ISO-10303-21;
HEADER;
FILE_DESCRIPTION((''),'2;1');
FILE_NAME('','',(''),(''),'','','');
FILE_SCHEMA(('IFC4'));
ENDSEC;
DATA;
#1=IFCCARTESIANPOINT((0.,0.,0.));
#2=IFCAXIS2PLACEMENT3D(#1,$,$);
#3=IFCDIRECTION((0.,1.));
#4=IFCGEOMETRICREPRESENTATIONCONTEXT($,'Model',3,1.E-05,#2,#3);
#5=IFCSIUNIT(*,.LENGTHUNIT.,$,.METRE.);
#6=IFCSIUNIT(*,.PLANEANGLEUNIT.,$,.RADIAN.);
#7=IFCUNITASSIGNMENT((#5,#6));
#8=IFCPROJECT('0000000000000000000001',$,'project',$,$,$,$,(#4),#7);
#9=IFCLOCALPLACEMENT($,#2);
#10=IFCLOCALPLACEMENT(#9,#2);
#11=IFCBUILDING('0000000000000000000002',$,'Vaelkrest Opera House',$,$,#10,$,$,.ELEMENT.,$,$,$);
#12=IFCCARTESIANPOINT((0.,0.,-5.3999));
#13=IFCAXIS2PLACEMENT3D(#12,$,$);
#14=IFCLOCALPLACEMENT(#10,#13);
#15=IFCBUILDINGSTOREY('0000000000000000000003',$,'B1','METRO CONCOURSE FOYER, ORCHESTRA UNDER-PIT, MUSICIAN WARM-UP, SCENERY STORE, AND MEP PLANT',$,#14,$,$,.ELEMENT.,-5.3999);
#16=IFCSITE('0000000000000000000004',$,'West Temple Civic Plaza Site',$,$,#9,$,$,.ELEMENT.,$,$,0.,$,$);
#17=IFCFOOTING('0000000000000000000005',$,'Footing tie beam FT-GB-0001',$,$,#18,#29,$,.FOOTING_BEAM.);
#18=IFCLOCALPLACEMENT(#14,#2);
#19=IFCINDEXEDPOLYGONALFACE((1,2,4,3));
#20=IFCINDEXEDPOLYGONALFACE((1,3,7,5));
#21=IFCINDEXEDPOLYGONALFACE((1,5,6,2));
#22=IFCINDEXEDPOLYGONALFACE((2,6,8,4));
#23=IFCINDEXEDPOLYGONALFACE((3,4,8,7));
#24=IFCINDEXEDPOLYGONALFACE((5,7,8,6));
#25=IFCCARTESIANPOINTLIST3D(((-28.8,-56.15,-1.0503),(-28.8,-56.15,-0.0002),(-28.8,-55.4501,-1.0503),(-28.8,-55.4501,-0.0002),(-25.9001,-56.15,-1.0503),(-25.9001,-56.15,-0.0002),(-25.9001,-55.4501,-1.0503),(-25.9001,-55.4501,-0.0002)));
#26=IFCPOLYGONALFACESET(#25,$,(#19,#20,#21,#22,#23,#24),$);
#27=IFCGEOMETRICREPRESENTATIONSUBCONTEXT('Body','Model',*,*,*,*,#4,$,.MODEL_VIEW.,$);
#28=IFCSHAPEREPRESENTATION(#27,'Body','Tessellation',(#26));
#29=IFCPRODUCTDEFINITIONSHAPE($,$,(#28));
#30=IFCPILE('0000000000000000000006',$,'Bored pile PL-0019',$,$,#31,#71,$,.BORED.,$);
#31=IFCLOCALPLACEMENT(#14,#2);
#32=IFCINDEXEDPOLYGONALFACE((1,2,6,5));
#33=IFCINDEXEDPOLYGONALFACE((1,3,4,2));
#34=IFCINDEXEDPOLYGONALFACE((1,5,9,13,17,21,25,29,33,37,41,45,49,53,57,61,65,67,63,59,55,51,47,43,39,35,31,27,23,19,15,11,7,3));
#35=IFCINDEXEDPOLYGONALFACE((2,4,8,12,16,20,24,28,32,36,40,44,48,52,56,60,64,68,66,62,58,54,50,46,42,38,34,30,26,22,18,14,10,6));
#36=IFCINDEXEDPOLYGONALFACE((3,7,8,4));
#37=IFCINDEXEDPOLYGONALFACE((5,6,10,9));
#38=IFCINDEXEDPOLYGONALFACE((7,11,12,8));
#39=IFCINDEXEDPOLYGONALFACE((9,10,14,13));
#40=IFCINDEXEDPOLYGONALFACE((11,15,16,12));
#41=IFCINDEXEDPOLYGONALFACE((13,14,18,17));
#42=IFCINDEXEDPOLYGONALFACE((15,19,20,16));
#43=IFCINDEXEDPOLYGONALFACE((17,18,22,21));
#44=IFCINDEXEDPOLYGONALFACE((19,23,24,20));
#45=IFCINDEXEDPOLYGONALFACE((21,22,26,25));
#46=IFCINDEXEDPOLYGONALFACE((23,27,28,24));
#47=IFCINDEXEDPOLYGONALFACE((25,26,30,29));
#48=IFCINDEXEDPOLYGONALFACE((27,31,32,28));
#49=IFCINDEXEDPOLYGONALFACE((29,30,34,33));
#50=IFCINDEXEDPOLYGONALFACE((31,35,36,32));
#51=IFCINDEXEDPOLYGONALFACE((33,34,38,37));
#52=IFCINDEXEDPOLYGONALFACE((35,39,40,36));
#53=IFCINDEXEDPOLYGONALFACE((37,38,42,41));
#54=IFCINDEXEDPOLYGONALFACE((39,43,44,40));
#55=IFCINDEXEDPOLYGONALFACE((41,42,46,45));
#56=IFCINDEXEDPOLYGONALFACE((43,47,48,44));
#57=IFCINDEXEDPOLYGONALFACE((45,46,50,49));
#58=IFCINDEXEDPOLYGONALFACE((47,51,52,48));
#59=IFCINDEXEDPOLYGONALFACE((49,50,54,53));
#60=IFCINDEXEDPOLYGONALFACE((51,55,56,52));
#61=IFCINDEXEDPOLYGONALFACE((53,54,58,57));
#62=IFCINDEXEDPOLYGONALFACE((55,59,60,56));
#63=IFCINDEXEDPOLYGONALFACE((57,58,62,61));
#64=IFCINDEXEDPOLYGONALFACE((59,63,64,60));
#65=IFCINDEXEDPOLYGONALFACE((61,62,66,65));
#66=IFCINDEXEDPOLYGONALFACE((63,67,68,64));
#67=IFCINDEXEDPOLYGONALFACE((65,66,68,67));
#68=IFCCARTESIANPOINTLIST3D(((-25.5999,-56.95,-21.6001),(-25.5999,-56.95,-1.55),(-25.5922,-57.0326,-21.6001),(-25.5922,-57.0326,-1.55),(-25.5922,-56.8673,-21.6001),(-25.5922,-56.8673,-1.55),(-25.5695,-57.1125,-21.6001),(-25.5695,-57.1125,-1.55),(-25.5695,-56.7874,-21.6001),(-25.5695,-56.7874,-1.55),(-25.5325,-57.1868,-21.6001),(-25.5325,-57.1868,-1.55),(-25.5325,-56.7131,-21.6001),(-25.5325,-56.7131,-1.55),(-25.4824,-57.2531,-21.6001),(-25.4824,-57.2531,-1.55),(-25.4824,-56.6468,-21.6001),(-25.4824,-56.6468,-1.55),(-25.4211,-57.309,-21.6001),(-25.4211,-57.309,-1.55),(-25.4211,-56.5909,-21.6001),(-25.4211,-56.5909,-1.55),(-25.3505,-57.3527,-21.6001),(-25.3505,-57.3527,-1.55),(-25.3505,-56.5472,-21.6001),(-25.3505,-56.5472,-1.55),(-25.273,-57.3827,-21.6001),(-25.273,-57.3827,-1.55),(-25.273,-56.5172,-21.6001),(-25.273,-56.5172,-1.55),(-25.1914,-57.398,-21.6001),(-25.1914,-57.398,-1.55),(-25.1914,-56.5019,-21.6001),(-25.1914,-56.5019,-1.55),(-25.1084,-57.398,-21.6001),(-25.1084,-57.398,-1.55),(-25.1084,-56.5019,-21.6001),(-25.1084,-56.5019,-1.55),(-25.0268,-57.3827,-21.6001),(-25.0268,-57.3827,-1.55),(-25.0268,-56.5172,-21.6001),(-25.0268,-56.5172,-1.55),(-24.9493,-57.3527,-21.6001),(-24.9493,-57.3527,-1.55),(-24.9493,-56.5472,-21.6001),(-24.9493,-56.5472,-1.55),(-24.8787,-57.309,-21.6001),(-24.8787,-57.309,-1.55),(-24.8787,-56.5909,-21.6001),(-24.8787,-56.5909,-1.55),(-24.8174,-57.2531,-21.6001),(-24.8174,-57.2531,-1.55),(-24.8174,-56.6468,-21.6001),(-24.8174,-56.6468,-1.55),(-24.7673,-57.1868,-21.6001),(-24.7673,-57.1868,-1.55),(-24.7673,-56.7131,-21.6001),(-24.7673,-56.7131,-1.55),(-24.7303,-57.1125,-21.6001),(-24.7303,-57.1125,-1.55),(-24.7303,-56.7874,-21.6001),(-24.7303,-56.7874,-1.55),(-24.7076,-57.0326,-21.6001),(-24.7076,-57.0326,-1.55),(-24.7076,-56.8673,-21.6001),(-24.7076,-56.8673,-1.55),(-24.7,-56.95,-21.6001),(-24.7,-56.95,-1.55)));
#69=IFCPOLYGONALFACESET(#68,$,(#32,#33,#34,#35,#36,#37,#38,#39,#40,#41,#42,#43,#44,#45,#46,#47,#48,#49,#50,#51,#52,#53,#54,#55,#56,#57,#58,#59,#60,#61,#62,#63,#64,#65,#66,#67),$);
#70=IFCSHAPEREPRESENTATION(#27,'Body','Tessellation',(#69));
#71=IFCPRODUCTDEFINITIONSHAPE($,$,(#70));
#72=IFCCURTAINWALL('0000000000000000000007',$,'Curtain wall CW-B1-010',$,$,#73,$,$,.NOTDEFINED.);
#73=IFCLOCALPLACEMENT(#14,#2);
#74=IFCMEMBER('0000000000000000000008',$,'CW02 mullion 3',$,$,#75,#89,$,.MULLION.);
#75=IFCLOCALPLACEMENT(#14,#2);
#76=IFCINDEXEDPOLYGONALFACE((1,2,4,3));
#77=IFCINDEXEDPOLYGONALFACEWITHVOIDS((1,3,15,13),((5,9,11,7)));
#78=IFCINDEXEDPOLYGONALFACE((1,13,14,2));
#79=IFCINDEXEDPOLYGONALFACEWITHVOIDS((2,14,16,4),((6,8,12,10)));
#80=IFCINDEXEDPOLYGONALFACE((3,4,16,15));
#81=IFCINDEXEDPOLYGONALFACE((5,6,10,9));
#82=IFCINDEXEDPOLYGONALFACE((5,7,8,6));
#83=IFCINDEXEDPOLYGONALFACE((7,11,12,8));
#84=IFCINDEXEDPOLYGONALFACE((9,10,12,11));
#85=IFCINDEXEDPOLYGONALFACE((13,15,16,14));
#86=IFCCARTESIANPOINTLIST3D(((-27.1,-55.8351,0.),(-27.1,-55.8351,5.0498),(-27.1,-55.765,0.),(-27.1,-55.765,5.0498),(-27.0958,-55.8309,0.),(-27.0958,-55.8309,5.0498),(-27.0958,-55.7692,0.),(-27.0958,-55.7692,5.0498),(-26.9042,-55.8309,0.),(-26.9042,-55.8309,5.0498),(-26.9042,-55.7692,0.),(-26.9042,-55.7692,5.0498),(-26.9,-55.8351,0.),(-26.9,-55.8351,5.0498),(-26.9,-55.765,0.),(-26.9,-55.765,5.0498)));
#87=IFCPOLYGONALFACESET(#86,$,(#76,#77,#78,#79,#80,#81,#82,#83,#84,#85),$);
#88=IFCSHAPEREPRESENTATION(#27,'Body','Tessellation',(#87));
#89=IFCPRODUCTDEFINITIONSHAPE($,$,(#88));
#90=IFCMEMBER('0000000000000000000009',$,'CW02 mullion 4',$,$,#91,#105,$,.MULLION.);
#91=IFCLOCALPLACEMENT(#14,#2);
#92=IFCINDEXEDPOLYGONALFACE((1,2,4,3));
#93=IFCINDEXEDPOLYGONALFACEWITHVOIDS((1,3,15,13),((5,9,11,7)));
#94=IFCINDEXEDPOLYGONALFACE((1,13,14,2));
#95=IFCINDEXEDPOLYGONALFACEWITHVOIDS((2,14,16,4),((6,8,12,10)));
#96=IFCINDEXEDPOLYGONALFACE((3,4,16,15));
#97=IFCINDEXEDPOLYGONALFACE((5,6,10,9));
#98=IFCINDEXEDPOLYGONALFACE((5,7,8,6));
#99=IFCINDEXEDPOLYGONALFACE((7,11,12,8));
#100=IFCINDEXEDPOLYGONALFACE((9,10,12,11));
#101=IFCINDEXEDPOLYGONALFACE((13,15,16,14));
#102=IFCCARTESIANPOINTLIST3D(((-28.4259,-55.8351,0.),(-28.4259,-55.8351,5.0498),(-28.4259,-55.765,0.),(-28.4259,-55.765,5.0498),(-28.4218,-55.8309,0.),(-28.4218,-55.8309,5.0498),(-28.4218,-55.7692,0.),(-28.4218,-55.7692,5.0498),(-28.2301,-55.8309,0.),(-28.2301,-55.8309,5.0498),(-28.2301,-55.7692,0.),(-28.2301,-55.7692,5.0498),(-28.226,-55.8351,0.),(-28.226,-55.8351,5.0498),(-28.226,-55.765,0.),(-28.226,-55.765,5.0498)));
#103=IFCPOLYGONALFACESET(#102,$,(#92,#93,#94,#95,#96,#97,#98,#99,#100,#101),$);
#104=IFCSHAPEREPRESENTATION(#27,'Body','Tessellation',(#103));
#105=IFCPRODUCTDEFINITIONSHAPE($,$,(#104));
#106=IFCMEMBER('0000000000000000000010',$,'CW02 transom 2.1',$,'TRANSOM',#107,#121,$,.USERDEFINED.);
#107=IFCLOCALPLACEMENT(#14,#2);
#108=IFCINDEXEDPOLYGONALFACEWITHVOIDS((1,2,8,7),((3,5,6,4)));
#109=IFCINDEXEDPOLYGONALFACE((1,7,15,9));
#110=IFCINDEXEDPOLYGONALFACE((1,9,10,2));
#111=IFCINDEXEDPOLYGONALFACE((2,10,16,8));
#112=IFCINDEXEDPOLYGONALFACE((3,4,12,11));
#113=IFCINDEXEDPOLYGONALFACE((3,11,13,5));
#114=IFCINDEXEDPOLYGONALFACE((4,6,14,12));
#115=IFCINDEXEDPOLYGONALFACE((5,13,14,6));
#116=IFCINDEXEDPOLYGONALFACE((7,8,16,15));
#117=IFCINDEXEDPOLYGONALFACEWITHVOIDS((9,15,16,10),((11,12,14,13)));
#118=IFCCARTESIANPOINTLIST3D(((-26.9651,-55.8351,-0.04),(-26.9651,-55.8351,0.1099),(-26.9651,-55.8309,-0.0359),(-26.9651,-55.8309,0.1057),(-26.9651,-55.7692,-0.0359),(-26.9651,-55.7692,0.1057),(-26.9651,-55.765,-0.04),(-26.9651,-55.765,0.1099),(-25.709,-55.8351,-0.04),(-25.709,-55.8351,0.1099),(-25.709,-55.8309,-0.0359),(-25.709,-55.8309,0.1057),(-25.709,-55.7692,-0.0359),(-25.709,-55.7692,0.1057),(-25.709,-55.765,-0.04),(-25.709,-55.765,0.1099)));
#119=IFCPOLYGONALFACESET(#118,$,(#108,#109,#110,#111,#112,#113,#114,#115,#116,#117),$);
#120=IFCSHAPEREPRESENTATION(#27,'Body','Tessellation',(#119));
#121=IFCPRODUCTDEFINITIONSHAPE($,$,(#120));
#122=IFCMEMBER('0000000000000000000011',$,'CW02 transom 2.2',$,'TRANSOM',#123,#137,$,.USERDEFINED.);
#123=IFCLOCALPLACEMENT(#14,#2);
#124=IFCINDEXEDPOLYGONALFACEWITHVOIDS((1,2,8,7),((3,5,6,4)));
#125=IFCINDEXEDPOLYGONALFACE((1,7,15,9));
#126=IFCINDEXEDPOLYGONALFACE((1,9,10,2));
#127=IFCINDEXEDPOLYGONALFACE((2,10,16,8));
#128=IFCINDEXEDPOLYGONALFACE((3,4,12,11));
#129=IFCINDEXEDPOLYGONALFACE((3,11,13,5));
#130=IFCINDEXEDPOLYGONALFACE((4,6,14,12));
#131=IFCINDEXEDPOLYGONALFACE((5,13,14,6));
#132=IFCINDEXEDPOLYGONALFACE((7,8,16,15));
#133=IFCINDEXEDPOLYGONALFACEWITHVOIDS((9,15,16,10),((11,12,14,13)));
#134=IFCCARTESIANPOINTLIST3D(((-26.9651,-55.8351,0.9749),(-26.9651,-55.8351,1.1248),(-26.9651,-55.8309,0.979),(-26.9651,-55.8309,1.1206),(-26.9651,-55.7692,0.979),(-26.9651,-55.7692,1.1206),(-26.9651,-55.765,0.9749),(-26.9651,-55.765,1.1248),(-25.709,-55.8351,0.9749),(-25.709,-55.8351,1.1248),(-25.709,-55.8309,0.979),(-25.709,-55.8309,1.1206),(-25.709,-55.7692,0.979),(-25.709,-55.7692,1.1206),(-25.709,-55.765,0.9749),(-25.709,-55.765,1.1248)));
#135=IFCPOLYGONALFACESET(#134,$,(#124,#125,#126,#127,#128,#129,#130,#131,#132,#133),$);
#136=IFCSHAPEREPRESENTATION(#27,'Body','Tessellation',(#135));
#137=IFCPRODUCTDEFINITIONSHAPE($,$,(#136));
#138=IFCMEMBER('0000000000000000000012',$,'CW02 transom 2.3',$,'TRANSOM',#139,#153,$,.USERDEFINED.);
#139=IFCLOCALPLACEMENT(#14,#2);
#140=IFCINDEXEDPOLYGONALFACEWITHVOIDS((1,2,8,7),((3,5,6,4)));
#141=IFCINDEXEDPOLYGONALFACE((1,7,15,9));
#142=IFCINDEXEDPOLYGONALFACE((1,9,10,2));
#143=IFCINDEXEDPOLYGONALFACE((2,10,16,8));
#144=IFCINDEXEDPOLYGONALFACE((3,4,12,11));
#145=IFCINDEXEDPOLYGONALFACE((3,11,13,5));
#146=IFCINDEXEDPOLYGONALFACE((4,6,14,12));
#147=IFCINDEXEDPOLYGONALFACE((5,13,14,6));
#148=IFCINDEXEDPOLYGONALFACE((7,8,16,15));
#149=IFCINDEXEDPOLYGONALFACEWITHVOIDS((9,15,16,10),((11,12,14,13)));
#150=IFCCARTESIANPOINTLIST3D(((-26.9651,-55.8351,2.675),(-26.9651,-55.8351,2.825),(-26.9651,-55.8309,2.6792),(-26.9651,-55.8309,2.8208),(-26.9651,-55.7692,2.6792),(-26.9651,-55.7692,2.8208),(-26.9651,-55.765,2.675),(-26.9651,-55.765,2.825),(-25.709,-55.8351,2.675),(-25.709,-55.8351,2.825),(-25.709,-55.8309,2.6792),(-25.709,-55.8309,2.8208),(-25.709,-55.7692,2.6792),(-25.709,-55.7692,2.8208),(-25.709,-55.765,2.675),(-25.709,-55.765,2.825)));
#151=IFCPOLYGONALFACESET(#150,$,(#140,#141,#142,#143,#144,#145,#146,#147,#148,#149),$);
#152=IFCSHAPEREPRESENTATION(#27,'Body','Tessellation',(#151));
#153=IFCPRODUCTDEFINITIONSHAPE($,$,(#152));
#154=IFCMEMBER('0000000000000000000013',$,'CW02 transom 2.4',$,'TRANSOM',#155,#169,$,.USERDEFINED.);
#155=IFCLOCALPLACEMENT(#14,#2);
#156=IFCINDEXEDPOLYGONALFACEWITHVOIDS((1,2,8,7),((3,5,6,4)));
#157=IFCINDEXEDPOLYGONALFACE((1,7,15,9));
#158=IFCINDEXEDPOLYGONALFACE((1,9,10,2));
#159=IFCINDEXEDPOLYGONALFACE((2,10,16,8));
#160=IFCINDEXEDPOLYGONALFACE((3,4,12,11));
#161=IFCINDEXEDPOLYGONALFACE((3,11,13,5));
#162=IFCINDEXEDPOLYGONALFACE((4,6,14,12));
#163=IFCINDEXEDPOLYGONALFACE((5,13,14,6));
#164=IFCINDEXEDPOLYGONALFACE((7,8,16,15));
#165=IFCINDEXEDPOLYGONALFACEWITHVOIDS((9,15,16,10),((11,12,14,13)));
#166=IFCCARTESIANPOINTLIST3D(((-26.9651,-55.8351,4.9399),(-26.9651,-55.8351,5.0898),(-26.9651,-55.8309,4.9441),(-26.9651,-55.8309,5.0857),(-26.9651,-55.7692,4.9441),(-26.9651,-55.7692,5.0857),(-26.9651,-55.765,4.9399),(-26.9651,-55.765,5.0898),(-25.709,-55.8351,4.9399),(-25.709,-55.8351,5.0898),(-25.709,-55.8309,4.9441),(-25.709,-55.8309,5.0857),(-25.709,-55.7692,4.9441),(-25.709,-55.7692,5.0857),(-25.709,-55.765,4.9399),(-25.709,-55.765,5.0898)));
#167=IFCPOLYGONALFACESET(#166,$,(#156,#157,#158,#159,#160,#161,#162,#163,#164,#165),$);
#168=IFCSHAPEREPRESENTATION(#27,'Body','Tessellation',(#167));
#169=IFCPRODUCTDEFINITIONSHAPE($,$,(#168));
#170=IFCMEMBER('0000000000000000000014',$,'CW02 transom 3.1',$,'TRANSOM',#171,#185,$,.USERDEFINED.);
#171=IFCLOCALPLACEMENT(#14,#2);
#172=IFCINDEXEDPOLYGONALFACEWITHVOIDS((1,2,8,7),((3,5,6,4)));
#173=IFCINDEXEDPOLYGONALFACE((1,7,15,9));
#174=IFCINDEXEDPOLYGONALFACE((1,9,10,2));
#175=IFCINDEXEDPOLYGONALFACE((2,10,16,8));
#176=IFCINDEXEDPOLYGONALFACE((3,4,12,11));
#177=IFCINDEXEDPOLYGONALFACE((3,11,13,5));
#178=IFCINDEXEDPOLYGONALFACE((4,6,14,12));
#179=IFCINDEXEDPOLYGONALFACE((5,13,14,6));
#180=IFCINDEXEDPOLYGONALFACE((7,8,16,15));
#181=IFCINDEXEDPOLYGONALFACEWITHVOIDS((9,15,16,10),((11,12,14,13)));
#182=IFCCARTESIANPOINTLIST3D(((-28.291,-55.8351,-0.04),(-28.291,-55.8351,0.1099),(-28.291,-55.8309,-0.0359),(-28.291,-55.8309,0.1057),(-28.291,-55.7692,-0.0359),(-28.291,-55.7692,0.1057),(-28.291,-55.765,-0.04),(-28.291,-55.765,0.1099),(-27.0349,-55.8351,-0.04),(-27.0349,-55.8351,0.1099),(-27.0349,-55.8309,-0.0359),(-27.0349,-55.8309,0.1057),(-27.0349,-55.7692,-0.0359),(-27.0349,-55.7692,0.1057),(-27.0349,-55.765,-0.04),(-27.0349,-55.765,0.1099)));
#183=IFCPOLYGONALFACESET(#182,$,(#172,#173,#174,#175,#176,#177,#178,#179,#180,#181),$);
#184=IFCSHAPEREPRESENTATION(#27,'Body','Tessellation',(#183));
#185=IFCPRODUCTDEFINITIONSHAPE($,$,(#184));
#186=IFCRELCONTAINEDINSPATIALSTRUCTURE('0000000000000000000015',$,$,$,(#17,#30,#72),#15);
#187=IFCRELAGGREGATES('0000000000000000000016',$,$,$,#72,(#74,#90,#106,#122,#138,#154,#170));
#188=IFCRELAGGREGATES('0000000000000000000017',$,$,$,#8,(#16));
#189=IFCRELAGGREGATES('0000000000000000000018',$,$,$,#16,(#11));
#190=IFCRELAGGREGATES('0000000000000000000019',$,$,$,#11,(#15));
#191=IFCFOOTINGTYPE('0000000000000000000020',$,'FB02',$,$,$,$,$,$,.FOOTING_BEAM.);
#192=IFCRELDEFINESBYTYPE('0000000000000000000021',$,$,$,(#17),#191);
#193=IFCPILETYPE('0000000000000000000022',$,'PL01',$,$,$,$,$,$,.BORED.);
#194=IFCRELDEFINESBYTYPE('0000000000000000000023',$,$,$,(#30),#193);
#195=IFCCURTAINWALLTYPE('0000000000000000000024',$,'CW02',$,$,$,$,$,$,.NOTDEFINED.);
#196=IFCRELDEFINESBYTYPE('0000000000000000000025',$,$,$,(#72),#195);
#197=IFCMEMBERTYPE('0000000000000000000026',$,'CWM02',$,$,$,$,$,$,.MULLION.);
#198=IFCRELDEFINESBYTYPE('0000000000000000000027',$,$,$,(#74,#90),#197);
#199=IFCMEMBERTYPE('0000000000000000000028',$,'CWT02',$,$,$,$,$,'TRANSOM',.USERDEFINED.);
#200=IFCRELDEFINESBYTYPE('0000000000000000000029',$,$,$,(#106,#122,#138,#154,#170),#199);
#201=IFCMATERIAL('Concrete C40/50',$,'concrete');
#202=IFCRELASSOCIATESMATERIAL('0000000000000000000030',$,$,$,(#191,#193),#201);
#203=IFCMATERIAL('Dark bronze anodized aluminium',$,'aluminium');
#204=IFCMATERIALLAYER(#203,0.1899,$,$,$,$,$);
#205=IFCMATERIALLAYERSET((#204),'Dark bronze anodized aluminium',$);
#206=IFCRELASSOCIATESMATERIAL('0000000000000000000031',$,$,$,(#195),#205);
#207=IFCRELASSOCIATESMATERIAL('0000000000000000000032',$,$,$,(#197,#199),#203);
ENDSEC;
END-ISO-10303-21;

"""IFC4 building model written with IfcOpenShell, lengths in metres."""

from ifc_helpers import new_model, si_unit, direction, frame, origin, origin_2d, place, context, subcontext, project, spatial, rectangle, hollow_rectangle, circle, extrude, material, layer, layer_set, material_profile, profile_set, type_object, element, aggregate, save


model = new_model("IFC4")

# Units and contexts
model_context = context("Model", 3, precision=1e-05, world=origin(), true_north=direction((0.0, 1.0)))
body_context = subcontext(model_context, "Body", "Model", "MODEL_VIEW")
ifc_project = project(units=[si_unit("LENGTHUNIT", "METRE"), si_unit("PLANEANGLEUNIT", "RADIAN")], contexts=[model_context])

# Site, building, storey
site_placement = place(None, origin())
site = spatial("IfcSite", under=ifc_project, at=site_placement, Name="West Temple Civic Plaza Site", CompositionType="ELEMENT", RefElevation=0.0)
building_placement = place(site_placement, origin())
building = spatial("IfcBuilding", under=site, at=building_placement, Name="Vaelkrest Opera House", CompositionType="ELEMENT")
storey_placement = place(building_placement, frame((0.0, 0.0, -5.3999)))
storey = spatial("IfcBuildingStorey", under=building, at=storey_placement, Name="B1", Description="METRO CONCOURSE FOYER, ORCHESTRA UNDER-PIT, MUSICIAN WARM-UP, SCENERY STORE, AND MEP PLANT", CompositionType="ELEMENT", Elevation=-5.3999)

# Footing
ifc_material_1 = material(Name="Concrete C40/50", Category="concrete")
footing_type = type_object("IfcFootingType", Name="FB02", PredefinedType="FOOTING_BEAM", material=ifc_material_1)
footing_placement = place(storey_placement, frame((-27.3501, -55.8, -1.0503), z_axis=(0.0, 0.0, 1.0), x_axis=(1.0, 0.0, 0.0)))
element("IfcFooting", 1, at=footing_placement, inside=storey, type_object=footing_type, Name="Footing tie beam FT-GB-0001", PredefinedType="FOOTING_BEAM", context=body_context, shape_type="SweptSolid", body=[
    extrude(rectangle(XDim=2.8999, YDim=0.7, at=origin_2d()), origin(), (0.0, 0.0, 1.0), 1.05),
])

# Pile
ifc_material_profile_1 = material_profile(ifc_material_1, circle(Radius=0.45, at=origin_2d()), Name="PILE900")
ifc_profile_set_1 = profile_set([ifc_material_profile_1], Name="Concrete C40/50")
pile_type = type_object("IfcPileType", Name="PL01", PredefinedType="BORED", material=ifc_profile_set_1)
pile_placement = place(storey_placement, frame((-25.1499, -56.95, -1.55), z_axis=(0.0, 0.0, -1.0), x_axis=(1.0, 0.0, 0.0)))
element("IfcPile", 2, at=pile_placement, inside=storey, type_object=pile_type, Name="Bored pile PL-0019", PredefinedType="BORED", context=body_context, shape_type="SweptSolid", body=[
    extrude(circle(Radius=0.45, at=origin_2d()), origin(), (0.0, 0.0, 1.0), 20.05),
])

# Curtain wall, members
ifc_material_2 = material(Name="Dark bronze anodized aluminium", Category="aluminium")
ifc_layer_1 = layer(ifc_material_2, 0.1899)
ifc_layer_set_1 = layer_set([ifc_layer_1], Name="Dark bronze anodized aluminium")
curtain_wall_type = type_object("IfcCurtainWallType", Name="CW02", PredefinedType="NOTDEFINED", material=ifc_layer_set_1)
curtain_wall_placement = place(storey_placement, origin())
curtain_wall = element("IfcCurtainWall", 3, at=curtain_wall_placement, inside=storey, type_object=curtain_wall_type, Name="Curtain wall CW-B1-010", PredefinedType="NOTDEFINED")
ifc_material_profile_2 = material_profile(ifc_material_2, hollow_rectangle(XDim=0.0701, YDim=0.2, WallThickness=0.0042, at=origin_2d()), Name="CWM70X200")
ifc_profile_set_2 = profile_set([ifc_material_profile_2], Name="Dark bronze anodized aluminium")
member_type_1 = type_object("IfcMemberType", Name="CWM02", PredefinedType="MULLION", material=ifc_profile_set_2)
member_1_placement = place(storey_placement, frame((-27.0, -55.8, 0.0), z_axis=(0.0, 0.0, 1.0), x_axis=(0.0, -1.0, 0.0)))
member_1 = element("IfcMember", 4, at=member_1_placement, type_object=member_type_1, Name="CW02 mullion 3", PredefinedType="MULLION", context=body_context, shape_type="SweptSolid", body=[
    extrude(hollow_rectangle(XDim=0.0701, YDim=0.2, WallThickness=0.0042, at=origin_2d()), origin(), (0.0, 0.0, 1.0), 5.0498),
])
member_2_placement = place(storey_placement, frame((-28.3259, -55.8, 0.0), z_axis=(0.0, 0.0, 1.0), x_axis=(0.0, -1.0, 0.0)))
member_2 = element("IfcMember", 5, at=member_2_placement, type_object=member_type_1, Name="CW02 mullion 4", PredefinedType="MULLION", context=body_context, shape_type="SweptSolid", body=[
    extrude(hollow_rectangle(XDim=0.0701, YDim=0.2, WallThickness=0.0042, at=origin_2d()), origin(), (0.0, 0.0, 1.0), 5.0498),
])
ifc_material_profile_3 = material_profile(ifc_material_2, hollow_rectangle(XDim=0.0701, YDim=0.1499, WallThickness=0.0042, at=origin_2d()), Name="CWT70X150")
ifc_profile_set_3 = profile_set([ifc_material_profile_3], Name="Dark bronze anodized aluminium")
member_type_2 = type_object("IfcMemberType", Name="CWT02", ElementType="TRANSOM", PredefinedType="USERDEFINED", material=ifc_profile_set_3)
member_3_placement = place(storey_placement, frame((-25.709, -55.8, 0.0349), z_axis=(-1.0, 0.0, 0.0), x_axis=(0.0, -1.0, 0.0)))
member_3 = element("IfcMember", 6, at=member_3_placement, type_object=member_type_2, Name="CW02 transom 2.1", ObjectType="TRANSOM", PredefinedType="USERDEFINED", context=body_context, shape_type="SweptSolid", body=[
    extrude(hollow_rectangle(XDim=0.0701, YDim=0.1499, WallThickness=0.0042, at=origin_2d()), origin(), (0.0, 0.0, 1.0), 1.2561),
])
member_4_placement = place(storey_placement, frame((-25.709, -55.8, 1.0498), z_axis=(-1.0, 0.0, 0.0), x_axis=(0.0, -1.0, 0.0)))
member_4 = element("IfcMember", 7, at=member_4_placement, type_object=member_type_2, Name="CW02 transom 2.2", ObjectType="TRANSOM", PredefinedType="USERDEFINED", context=body_context, shape_type="SweptSolid", body=[
    extrude(hollow_rectangle(XDim=0.0701, YDim=0.1499, WallThickness=0.0042, at=origin_2d()), origin(), (0.0, 0.0, 1.0), 1.2561),
])
member_5_placement = place(storey_placement, frame((-25.709, -55.8, 2.75), z_axis=(-1.0, 0.0, 0.0), x_axis=(0.0, -1.0, 0.0)))
member_5 = element("IfcMember", 8, at=member_5_placement, type_object=member_type_2, Name="CW02 transom 2.3", ObjectType="TRANSOM", PredefinedType="USERDEFINED", context=body_context, shape_type="SweptSolid", body=[
    extrude(hollow_rectangle(XDim=0.0701, YDim=0.1499, WallThickness=0.0042, at=origin_2d()), origin(), (0.0, 0.0, 1.0), 1.2561),
])
member_6_placement = place(storey_placement, frame((-25.709, -55.8, 5.0149), z_axis=(-1.0, 0.0, 0.0), x_axis=(0.0, -1.0, 0.0)))
member_6 = element("IfcMember", 9, at=member_6_placement, type_object=member_type_2, Name="CW02 transom 2.4", ObjectType="TRANSOM", PredefinedType="USERDEFINED", context=body_context, shape_type="SweptSolid", body=[
    extrude(hollow_rectangle(XDim=0.0701, YDim=0.1499, WallThickness=0.0042, at=origin_2d()), origin(), (0.0, 0.0, 1.0), 1.2561),
])
member_7_placement = place(storey_placement, frame((-27.0349, -55.8, 0.0349), z_axis=(-1.0, 0.0, 0.0), x_axis=(0.0, -1.0, 0.0)))
member_7 = element("IfcMember", 10, at=member_7_placement, type_object=member_type_2, Name="CW02 transom 3.1", ObjectType="TRANSOM", PredefinedType="USERDEFINED", context=body_context, shape_type="SweptSolid", body=[
    extrude(hollow_rectangle(XDim=0.0701, YDim=0.1499, WallThickness=0.0042, at=origin_2d()), origin(), (0.0, 0.0, 1.0), 1.2561),
])
aggregate(curtain_wall, [member_1, member_2, member_3, member_4, member_5, member_6, member_7])

save(model, "model.ifc")
